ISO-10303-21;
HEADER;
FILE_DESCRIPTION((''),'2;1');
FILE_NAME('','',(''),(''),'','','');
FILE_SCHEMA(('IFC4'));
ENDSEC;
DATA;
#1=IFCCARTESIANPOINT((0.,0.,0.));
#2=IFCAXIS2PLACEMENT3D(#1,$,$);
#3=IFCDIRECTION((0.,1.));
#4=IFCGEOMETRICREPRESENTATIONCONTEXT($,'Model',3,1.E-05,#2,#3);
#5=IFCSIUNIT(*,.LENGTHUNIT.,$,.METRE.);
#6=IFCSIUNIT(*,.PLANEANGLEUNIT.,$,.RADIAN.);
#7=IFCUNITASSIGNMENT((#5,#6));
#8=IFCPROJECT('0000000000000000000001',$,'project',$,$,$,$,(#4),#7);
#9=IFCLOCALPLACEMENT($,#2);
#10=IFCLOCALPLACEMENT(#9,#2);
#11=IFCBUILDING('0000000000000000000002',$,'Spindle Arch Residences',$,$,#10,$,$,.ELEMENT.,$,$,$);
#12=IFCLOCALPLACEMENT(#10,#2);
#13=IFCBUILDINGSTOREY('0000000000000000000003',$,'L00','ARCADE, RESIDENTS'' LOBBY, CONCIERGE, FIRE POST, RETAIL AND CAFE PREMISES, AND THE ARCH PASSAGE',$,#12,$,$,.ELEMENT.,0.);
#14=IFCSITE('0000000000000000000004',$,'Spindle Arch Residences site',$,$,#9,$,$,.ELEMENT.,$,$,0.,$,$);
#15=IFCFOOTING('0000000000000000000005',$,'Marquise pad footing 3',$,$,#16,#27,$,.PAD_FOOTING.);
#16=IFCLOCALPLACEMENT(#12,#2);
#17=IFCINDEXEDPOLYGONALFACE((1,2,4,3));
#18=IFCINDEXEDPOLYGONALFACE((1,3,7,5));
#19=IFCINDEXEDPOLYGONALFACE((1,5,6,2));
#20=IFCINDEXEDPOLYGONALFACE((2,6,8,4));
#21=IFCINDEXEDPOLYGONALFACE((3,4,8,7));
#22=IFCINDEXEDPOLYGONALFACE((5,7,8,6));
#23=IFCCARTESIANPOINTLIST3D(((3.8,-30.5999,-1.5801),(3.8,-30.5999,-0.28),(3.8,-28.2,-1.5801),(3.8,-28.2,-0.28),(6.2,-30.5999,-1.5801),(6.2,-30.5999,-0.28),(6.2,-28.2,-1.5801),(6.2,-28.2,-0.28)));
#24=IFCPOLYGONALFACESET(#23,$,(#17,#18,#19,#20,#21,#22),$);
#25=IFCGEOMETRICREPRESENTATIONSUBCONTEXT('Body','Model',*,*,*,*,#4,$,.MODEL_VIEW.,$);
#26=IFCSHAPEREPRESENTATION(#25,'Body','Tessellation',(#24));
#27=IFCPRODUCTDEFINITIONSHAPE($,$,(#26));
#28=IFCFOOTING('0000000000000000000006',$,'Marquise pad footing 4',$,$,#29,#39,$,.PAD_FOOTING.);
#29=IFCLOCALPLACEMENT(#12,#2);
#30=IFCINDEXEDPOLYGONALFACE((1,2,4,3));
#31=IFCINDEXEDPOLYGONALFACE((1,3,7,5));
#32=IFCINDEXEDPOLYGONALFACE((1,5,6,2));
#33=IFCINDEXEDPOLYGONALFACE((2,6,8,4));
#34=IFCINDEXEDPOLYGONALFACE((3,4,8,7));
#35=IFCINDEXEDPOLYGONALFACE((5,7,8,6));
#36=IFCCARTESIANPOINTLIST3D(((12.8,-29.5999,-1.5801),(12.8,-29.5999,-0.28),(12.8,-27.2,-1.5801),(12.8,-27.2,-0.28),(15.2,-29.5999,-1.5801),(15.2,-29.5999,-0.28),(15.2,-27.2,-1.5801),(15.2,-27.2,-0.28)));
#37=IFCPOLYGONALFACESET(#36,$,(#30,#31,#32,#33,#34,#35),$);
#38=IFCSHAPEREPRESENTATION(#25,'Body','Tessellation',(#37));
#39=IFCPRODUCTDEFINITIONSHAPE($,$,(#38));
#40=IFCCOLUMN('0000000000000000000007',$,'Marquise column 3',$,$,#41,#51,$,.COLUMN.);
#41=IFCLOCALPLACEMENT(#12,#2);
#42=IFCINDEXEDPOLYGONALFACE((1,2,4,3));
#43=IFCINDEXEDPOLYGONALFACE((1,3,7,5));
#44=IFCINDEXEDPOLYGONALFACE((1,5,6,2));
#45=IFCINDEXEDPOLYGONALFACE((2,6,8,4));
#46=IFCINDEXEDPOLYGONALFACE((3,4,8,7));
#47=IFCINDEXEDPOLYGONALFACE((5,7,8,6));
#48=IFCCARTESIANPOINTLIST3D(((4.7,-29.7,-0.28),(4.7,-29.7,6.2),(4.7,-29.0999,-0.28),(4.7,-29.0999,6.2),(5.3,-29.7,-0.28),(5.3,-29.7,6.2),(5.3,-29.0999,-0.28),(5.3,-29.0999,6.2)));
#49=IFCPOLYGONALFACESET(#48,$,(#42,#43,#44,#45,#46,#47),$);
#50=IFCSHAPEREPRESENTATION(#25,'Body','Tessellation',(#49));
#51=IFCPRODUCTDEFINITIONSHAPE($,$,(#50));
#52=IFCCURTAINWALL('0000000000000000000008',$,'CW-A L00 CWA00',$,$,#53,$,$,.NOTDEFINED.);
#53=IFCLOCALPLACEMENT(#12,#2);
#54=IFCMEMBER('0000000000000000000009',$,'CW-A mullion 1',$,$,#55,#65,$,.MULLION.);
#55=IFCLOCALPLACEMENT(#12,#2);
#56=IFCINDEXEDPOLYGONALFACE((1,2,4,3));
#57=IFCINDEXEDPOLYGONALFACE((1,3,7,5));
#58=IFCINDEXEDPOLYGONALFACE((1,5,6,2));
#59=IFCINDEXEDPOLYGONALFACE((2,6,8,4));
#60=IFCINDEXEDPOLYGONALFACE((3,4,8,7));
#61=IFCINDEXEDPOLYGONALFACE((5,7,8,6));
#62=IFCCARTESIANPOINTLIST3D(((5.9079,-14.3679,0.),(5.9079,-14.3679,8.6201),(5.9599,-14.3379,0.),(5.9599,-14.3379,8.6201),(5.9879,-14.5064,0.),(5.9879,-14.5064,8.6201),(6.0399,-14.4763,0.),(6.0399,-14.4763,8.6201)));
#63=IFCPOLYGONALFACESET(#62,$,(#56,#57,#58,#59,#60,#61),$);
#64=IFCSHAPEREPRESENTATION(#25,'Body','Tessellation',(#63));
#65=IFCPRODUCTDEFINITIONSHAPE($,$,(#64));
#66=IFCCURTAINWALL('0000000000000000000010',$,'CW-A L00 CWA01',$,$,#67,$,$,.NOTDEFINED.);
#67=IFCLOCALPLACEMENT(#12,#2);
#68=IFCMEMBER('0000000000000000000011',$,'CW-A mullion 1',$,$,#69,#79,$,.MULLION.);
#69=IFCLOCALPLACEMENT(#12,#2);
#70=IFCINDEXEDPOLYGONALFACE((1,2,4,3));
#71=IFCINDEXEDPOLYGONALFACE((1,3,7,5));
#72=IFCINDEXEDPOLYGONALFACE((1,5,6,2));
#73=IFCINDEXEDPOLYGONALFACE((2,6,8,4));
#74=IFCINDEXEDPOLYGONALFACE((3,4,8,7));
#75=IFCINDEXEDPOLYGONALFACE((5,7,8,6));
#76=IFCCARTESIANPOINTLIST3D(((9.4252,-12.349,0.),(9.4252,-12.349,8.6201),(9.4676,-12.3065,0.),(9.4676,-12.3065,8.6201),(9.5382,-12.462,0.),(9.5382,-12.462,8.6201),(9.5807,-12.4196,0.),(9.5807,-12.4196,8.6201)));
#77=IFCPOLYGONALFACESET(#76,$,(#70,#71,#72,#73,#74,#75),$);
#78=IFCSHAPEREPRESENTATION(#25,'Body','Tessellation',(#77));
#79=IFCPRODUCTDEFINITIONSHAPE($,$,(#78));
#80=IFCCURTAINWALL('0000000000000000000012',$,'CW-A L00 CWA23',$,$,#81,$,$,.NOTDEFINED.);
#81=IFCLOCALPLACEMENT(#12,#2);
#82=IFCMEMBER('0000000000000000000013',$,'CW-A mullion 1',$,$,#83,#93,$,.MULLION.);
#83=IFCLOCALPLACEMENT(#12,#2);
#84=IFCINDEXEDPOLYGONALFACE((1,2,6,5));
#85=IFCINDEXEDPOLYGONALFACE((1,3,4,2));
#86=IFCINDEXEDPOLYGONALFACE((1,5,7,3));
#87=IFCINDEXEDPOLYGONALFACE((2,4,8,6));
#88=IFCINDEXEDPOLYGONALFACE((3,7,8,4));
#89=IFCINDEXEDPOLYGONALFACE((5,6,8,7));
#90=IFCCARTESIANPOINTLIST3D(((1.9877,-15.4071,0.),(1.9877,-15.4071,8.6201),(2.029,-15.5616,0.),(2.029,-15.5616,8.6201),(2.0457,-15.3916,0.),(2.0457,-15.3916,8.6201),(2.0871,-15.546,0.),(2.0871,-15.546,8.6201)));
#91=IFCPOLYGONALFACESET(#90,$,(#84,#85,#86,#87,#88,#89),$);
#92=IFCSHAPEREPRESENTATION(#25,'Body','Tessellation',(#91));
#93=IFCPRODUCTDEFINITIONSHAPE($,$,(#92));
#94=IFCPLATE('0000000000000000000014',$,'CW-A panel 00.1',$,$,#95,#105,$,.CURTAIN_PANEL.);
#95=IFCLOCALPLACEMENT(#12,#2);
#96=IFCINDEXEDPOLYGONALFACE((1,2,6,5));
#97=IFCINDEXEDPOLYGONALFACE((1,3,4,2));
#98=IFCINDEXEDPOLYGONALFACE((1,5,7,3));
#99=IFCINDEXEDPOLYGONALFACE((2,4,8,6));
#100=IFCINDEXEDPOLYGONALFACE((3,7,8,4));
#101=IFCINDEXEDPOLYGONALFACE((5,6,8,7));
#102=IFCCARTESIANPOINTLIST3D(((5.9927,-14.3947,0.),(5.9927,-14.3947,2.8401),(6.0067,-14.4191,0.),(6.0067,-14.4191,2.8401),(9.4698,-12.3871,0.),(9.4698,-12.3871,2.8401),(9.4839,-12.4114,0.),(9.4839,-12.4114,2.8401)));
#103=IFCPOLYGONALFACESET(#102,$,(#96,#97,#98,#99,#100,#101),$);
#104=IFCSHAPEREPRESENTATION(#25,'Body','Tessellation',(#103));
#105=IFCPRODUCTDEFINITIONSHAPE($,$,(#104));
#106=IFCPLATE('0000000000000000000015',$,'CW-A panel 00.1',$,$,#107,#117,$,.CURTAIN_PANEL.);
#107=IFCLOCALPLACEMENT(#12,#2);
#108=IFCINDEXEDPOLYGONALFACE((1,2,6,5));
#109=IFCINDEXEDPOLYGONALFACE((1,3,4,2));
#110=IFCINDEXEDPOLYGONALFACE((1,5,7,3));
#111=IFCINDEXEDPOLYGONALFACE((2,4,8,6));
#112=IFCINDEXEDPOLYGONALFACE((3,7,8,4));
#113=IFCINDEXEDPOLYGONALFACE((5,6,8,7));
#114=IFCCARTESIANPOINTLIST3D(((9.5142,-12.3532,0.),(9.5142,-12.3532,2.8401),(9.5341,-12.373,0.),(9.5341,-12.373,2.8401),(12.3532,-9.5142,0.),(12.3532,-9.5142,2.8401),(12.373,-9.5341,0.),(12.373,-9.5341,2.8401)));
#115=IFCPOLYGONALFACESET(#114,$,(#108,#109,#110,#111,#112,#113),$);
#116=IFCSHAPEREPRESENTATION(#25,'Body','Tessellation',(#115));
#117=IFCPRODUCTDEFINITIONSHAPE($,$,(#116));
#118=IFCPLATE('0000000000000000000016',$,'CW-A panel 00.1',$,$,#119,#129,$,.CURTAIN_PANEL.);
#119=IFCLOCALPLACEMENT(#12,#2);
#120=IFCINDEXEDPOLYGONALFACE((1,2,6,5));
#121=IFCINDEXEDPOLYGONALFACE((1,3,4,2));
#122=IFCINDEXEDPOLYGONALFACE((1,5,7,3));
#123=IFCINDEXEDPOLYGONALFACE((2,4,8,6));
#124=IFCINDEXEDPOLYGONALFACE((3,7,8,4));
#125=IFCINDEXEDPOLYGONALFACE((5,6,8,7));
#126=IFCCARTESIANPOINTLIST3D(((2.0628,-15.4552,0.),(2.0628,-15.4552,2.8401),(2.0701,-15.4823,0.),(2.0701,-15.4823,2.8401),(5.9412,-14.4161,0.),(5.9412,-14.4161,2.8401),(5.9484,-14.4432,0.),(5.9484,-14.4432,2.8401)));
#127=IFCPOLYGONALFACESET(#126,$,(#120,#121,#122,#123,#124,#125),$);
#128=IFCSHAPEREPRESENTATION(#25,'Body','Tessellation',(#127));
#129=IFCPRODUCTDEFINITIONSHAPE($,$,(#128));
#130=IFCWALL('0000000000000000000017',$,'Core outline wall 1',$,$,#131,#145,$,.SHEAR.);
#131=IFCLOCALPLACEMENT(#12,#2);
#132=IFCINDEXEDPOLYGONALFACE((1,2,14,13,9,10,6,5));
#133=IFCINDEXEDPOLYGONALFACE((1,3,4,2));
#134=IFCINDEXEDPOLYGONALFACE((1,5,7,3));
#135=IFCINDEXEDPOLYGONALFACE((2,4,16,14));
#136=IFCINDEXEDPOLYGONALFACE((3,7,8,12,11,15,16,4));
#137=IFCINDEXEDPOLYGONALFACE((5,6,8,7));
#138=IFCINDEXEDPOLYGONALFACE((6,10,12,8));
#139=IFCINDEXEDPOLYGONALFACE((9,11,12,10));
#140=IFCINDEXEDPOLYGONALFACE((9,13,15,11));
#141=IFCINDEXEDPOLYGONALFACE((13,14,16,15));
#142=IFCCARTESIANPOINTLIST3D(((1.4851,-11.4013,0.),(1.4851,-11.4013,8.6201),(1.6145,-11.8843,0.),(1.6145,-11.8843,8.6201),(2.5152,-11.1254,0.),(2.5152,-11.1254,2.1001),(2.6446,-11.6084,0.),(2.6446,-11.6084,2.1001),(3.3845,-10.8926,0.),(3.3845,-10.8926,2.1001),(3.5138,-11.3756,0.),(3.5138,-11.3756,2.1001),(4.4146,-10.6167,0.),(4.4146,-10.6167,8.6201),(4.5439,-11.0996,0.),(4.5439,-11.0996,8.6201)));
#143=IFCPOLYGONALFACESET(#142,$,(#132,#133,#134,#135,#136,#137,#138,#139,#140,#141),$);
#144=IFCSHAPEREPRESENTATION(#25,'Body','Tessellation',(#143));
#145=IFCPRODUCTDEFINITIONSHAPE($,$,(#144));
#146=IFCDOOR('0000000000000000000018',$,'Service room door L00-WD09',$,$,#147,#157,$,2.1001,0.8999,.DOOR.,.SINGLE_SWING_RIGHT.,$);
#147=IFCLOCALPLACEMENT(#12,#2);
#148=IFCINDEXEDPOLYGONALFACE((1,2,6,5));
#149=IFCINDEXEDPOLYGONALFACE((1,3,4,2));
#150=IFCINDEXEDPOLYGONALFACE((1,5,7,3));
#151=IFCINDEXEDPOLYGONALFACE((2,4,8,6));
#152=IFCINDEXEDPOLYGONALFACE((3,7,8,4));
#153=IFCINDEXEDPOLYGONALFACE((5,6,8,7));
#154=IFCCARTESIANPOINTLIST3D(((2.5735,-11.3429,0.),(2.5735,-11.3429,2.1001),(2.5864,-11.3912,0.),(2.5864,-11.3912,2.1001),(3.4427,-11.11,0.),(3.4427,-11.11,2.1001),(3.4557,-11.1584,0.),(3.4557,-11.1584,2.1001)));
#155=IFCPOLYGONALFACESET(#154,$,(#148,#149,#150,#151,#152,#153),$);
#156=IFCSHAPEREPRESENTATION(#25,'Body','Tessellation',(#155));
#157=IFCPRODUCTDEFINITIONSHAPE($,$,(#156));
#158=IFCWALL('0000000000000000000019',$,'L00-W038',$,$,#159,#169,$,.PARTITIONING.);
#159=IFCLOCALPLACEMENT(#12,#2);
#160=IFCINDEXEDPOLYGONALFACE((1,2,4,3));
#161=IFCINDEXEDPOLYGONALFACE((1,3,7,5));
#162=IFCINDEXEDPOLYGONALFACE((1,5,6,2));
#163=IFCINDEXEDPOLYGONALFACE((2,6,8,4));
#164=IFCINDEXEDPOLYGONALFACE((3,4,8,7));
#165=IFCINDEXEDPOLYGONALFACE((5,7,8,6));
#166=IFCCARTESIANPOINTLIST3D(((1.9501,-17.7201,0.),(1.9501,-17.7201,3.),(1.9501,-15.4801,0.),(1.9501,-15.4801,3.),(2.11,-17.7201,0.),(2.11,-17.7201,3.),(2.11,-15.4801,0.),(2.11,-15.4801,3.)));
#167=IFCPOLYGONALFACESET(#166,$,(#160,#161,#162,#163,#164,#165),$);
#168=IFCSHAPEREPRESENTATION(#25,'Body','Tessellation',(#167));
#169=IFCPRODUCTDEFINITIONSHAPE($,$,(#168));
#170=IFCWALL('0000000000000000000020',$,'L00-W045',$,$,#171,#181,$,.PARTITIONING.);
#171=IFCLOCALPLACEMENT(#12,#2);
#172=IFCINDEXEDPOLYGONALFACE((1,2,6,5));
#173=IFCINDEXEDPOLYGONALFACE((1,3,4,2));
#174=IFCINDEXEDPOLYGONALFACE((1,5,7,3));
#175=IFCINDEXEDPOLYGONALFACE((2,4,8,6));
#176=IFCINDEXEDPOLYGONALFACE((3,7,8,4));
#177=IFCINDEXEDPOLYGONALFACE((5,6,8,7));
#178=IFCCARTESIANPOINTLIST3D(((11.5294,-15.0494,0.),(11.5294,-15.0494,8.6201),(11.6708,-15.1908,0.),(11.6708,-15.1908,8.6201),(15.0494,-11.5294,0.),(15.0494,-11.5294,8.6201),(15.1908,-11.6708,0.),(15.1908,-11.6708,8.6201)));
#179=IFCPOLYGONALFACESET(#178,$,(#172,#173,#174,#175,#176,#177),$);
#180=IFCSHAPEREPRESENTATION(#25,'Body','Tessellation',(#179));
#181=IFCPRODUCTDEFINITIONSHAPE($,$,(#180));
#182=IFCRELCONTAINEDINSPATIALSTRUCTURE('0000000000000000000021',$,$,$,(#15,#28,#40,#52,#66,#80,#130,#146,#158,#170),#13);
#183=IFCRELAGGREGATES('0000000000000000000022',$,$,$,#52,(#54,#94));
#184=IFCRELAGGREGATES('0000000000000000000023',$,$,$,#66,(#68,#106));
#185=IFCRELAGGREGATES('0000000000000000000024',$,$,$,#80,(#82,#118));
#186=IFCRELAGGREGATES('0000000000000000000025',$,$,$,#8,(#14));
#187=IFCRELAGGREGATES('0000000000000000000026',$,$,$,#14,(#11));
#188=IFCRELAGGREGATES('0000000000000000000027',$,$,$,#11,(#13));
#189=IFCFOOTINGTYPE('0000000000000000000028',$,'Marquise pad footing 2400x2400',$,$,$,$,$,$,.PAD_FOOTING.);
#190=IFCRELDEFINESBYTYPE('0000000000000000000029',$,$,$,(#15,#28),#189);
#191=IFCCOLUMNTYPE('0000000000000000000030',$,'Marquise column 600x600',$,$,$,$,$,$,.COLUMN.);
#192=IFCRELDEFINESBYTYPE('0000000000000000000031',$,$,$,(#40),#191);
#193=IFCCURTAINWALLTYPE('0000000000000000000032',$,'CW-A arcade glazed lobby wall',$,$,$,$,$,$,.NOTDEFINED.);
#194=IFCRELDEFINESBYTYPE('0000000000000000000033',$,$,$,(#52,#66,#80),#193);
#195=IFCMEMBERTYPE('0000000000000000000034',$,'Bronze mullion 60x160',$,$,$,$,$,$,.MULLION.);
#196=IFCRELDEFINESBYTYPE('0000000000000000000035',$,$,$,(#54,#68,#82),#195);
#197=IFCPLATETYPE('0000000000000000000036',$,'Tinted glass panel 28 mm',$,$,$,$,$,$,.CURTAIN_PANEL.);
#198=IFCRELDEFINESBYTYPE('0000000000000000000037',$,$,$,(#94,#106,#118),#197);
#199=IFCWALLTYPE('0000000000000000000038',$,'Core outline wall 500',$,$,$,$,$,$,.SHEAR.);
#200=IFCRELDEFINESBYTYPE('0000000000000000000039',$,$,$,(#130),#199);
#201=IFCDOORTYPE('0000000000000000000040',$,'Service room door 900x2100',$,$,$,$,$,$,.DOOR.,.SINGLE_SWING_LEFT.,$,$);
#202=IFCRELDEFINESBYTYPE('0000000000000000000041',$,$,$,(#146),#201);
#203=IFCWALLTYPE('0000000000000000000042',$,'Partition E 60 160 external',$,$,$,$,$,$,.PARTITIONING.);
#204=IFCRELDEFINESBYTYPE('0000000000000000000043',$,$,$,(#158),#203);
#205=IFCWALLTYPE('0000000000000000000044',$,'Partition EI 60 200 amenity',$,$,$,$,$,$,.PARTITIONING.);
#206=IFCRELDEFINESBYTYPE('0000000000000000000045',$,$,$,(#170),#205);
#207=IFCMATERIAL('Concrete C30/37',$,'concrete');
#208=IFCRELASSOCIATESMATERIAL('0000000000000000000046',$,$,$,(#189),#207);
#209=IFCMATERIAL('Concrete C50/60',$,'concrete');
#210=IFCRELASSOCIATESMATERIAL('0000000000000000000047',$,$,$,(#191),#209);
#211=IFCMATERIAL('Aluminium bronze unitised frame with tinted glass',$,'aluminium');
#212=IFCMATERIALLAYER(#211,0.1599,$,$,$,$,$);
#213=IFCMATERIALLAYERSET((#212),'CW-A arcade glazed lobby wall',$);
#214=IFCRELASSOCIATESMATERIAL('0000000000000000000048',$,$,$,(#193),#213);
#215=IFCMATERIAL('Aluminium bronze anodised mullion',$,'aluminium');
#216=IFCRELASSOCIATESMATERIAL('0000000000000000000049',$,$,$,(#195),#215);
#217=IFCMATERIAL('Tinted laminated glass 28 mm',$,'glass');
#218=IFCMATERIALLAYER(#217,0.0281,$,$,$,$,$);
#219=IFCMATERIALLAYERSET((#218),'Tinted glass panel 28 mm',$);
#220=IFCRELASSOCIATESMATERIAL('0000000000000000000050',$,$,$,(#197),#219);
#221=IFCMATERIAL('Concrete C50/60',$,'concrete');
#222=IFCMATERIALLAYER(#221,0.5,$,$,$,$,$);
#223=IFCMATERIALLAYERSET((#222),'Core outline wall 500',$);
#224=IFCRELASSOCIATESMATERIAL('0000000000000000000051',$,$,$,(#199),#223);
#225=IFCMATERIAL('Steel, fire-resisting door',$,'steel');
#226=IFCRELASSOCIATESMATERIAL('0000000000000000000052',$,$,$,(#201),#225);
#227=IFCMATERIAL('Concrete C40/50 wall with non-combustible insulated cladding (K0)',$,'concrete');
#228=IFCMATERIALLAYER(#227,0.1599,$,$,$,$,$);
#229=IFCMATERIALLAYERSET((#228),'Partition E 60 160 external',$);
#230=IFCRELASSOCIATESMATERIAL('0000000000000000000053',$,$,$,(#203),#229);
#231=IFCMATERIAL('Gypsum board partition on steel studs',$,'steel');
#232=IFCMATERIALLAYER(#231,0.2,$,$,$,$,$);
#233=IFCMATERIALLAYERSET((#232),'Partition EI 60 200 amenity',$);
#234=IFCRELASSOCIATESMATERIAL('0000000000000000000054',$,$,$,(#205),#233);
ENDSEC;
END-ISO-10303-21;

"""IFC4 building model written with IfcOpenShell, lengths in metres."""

from ifc_helpers import new_model, si_unit, direction, frame, frame_2d, origin, origin_2d, place, context, subcontext, project, spatial, rectangle, extrude, material, layer, layer_set, material_profile, profile_set, type_object, element, fill, aggregate, save


model = new_model("IFC4")

# Units and contexts
model_context = context("Model", 3, precision=1e-05, world=origin(), true_north=direction((0.0, 1.0)))
body_context = subcontext(model_context, "Body", "Model", "MODEL_VIEW")
ifc_project = project(units=[si_unit("LENGTHUNIT", "METRE"), si_unit("PLANEANGLEUNIT", "RADIAN")], contexts=[model_context])

# Site, building, storey
site_placement = place(None, origin())
site = spatial("IfcSite", under=ifc_project, at=site_placement, Name="Spindle Arch Residences site", CompositionType="ELEMENT", RefElevation=0.0)
building_placement = place(site_placement, origin())
building = spatial("IfcBuilding", under=site, at=building_placement, Name="Spindle Arch Residences", CompositionType="ELEMENT")
storey_placement = place(building_placement, origin())
storey = spatial("IfcBuildingStorey", under=building, at=storey_placement, Name="L00", Description="ARCADE, RESIDENTS' LOBBY, CONCIERGE, FIRE POST, RETAIL AND CAFE PREMISES, AND THE ARCH PASSAGE", CompositionType="ELEMENT", Elevation=0.0)

# Footings
ifc_material_1 = material(Name="Concrete C30/37", Category="concrete")
footing_type = type_object("IfcFootingType", Name="Marquise pad footing 2400x2400", PredefinedType="PAD_FOOTING", material=ifc_material_1)
for number, where, z_axis, x_axis, name in (
    (1, (5.0, -29.3999, -1.5801), (0.0, 0.0, 1.0), (1.0, 0.0, 0.0), "Marquise pad footing 3"),
    (2, (14.0, -28.3999, -1.5801), (0.0, 0.0, 1.0), (1.0, 0.0, 0.0), "Marquise pad footing 4"),
):
    element("IfcFooting", number, at=place(storey_placement, frame(where, z_axis=z_axis, x_axis=x_axis)), inside=storey, type_object=footing_type, Name=name, PredefinedType="PAD_FOOTING", context=body_context, shape_type="SweptSolid", body=[
        extrude(rectangle(XDim=2.3999, YDim=2.3999, at=origin_2d()), origin(), (0.0, 0.0, 1.0), 1.3),
    ])

# Column
ifc_material_2 = material(Name="Concrete C50/60", Category="concrete")
ifc_material_profile_1 = material_profile(ifc_material_2, rectangle(XDim=0.6001, YDim=0.6001, at=origin_2d()), Name="RC 600x600")
ifc_profile_set_1 = profile_set([ifc_material_profile_1], Name="Concrete C50/60")
column_type = type_object("IfcColumnType", Name="Marquise column 600x600", PredefinedType="COLUMN", material=ifc_profile_set_1)
column_placement = place(storey_placement, frame((5.0, -29.3999, -0.28), z_axis=(0.0, 0.0, 1.0), x_axis=(1.0, 0.0, 0.0)))
element("IfcColumn", 3, at=column_placement, inside=storey, type_object=column_type, Name="Marquise column 3", PredefinedType="COLUMN", context=body_context, shape_type="SweptSolid", body=[
    extrude(rectangle(XDim=0.6001, YDim=0.6001, at=origin_2d()), origin(), (0.0, 0.0, 1.0), 6.48),
])

# Curtain walls, members
ifc_material_3 = material(Name="Aluminium bronze unitised frame with tinted glass", Category="aluminium")
ifc_layer_1 = layer(ifc_material_3, 0.1599)
ifc_layer_set_1 = layer_set([ifc_layer_1], Name="CW-A arcade glazed lobby wall")
curtain_wall_type = type_object("IfcCurtainWallType", Name="CW-A arcade glazed lobby wall", PredefinedType="NOTDEFINED", material=ifc_layer_set_1)
curtain_wall_1_placement = place(storey_placement, origin())
curtain_wall_1 = element("IfcCurtainWall", 4, at=curtain_wall_1_placement, inside=storey, type_object=curtain_wall_type, Name="CW-A L00 CWA00", PredefinedType="NOTDEFINED")
ifc_material_4 = material(Name="Aluminium bronze anodised mullion", Category="aluminium")
ifc_material_profile_2 = material_profile(ifc_material_4, rectangle(XDim=0.1599, YDim=0.0601, at=origin_2d()), Name="MU 60x160")
ifc_profile_set_2 = profile_set([ifc_material_profile_2], Name="Aluminium bronze anodised mullion")
member_type = type_object("IfcMemberType", Name="Bronze mullion 60x160", PredefinedType="MULLION", material=ifc_profile_set_2)
member_1_placement = place(storey_placement, frame((5.9739, -14.4221, 0.0), z_axis=(0.0, 0.0, 1.0), x_axis=(-0.500023, 0.866012, 0.0)))
member_1 = element("IfcMember", 5, at=member_1_placement, type_object=member_type, Name="CW-A mullion 1", PredefinedType="MULLION", context=body_context, shape_type="SweptSolid", body=[
    extrude(rectangle(XDim=0.1599, YDim=0.0601, at=origin_2d()), origin(), (0.0, 0.0, 1.0), 8.6201),
])
curtain_wall_2_placement = place(storey_placement, origin())
curtain_wall_2 = element("IfcCurtainWall", 6, at=curtain_wall_2_placement, inside=storey, type_object=curtain_wall_type, Name="CW-A L00 CWA01", PredefinedType="NOTDEFINED")
member_2_placement = place(storey_placement, frame((9.5029, -12.3843, 0.0), z_axis=(0.0, 0.0, 1.0), x_axis=(-0.707107, 0.707107, 0.0)))
member_2 = element("IfcMember", 7, at=member_2_placement, type_object=member_type, Name="CW-A mullion 1", PredefinedType="MULLION", context=body_context, shape_type="SweptSolid", body=[
    extrude(rectangle(XDim=0.1599, YDim=0.0601, at=origin_2d()), origin(), (0.0, 0.0, 1.0), 8.6201),
])
curtain_wall_3_placement = place(storey_placement, origin())
curtain_wall_3 = element("IfcCurtainWall", 8, at=curtain_wall_3_placement, inside=storey, type_object=curtain_wall_type, Name="CW-A L00 CWA23", PredefinedType="NOTDEFINED")
member_3_placement = place(storey_placement, frame((2.0374, -15.4766, 0.0), z_axis=(0.0, 0.0, 1.0), x_axis=(-0.258786, 0.965935, 0.0)))
member_3 = element("IfcMember", 9, at=member_3_placement, type_object=member_type, Name="CW-A mullion 1", PredefinedType="MULLION", context=body_context, shape_type="SweptSolid", body=[
    extrude(rectangle(XDim=0.1599, YDim=0.0601, at=origin_2d()), origin(), (0.0, 0.0, 1.0), 8.6201),
])

# Plates
ifc_material_5 = material(Name="Tinted laminated glass 28 mm", Category="glass")
ifc_layer_2 = layer(ifc_material_5, 0.0281)
ifc_layer_set_2 = layer_set([ifc_layer_2], Name="Tinted glass panel 28 mm")
plate_type = type_object("IfcPlateType", Name="Tinted glass panel 28 mm", PredefinedType="CURTAIN_PANEL", material=ifc_layer_set_2)
plate_1_placement = place(storey_placement, frame((7.7383, -13.4031, 0.0), z_axis=(0.0, 0.0, 1.0), x_axis=(0.866012, 0.500023, 0.0)))
plate_1 = element("IfcPlate", 10, at=plate_1_placement, type_object=plate_type, Name="CW-A panel 00.1", PredefinedType="CURTAIN_PANEL", context=body_context, shape_type="SweptSolid", body=[
    extrude(rectangle(XDim=4.0151, YDim=0.0281, at=origin_2d()), origin(), (0.0, 0.0, 1.0), 2.8401),
])
aggregate(curtain_wall_1, [member_1, plate_1])
plate_2_placement = place(storey_placement, frame((10.9436, -10.9436, 0.0), z_axis=(0.0, 0.0, 1.0), x_axis=(0.707107, 0.707107, 0.0)))
plate_2 = element("IfcPlate", 11, at=plate_2_placement, type_object=plate_type, Name="CW-A panel 00.1", PredefinedType="CURTAIN_PANEL", context=body_context, shape_type="SweptSolid", body=[
    extrude(rectangle(XDim=4.0149, YDim=0.0281, at=origin_2d()), origin(), (0.0, 0.0, 1.0), 2.8401),
])
aggregate(curtain_wall_2, [member_2, plate_2])
plate_3_placement = place(storey_placement, frame((4.0056, -14.9492, 0.0), z_axis=(0.0, 0.0, 1.0), x_axis=(0.965935, 0.258786, 0.0)))
plate_3 = element("IfcPlate", 12, at=plate_3_placement, type_object=plate_type, Name="CW-A panel 00.1", PredefinedType="CURTAIN_PANEL", context=body_context, shape_type="SweptSolid", body=[
    extrude(rectangle(XDim=4.0151, YDim=0.0281, at=origin_2d()), origin(), (0.0, 0.0, 1.0), 2.8401),
])
aggregate(curtain_wall_3, [member_3, plate_3])

# Wall, opening, door
ifc_material_6 = material(Name="Concrete C50/60", Category="concrete")
ifc_layer_3 = layer(ifc_material_6, 0.5)
ifc_layer_set_3 = layer_set([ifc_layer_3], Name="Core outline wall 500")
wall_type_1 = type_object("IfcWallType", Name="Core outline wall 500", PredefinedType="SHEAR", material=ifc_layer_set_3)
wall_1_placement = place(storey_placement, frame((1.5498, -11.6428, 0.0), z_axis=(0.0, 0.0, 1.0), x_axis=(0.965948, 0.258735, 0.0)))
wall_1 = element("IfcWall", 13, at=wall_1_placement, inside=storey, type_object=wall_type_1, Name="Core outline wall 1", PredefinedType="SHEAR", context=body_context, shape_type="SweptSolid", body=[
    extrude(rectangle(XDim=3.0327, YDim=0.5, at=frame_2d((1.5164, 0.0))), origin(), (0.0, 0.0, 1.0), 8.6201),
])
opening_1_placement = place(wall_1_placement, frame((1.0664, 0.0, 0.0)))
opening_1 = element("IfcOpeningElement", 14, at=opening_1_placement, cuts=wall_1, PredefinedType="OPENING", context=body_context, shape_type="SweptSolid", body=[
    extrude(rectangle(XDim=0.8999, YDim=2.1001, at=frame_2d((0.45, 1.05))), frame((0.0, 0.26, 0.0), z_axis=(0.0, -1.0, 0.0), x_axis=(1.0, 0.0, 0.0)), (0.0, 0.0, 1.0), 0.52),
])
ifc_material_7 = material(Name="Steel, fire-resisting door", Category="steel")
door_type_1 = type_object("IfcDoorType", Name="Service room door 900x2100", OperationType="SINGLE_SWING_LEFT", PredefinedType="DOOR", material=ifc_material_7)
door_1_placement = place(opening_1_placement, origin())
door_1 = element("IfcDoor", 15, at=door_1_placement, inside=storey, type_object=door_type_1, Name="Service room door L00-WD09", OperationType="SINGLE_SWING_RIGHT", OverallHeight=2.1001, OverallWidth=0.8999, PredefinedType="DOOR", context=body_context, shape_type="SweptSolid", body=[
    extrude(rectangle(XDim=0.8999, YDim=2.1001, at=frame_2d((0.45, 1.05))), frame((0.0, 0.0249, 0.0), z_axis=(0.0, -1.0, 0.0), x_axis=(1.0, 0.0, 0.0)), (0.0, 0.0, 1.0), 0.05),
])
fill(opening_1, door_1)
ifc_material_8 = material(Name="Concrete C40/50 wall with non-combustible insulated cladding (K0)", Category="concrete")
ifc_layer_4 = layer(ifc_material_8, 0.1599)
ifc_layer_set_4 = layer_set([ifc_layer_4], Name="Partition E 60 160 external")
wall_type_2 = type_object("IfcWallType", Name="Partition E 60 160 external", PredefinedType="PARTITIONING", material=ifc_layer_set_4)

# Walls
wall_2_placement = place(storey_placement, frame((2.03, -15.48, 0.0), z_axis=(0.0, 0.0, 1.0), x_axis=(0.0, -1.0, 0.0)))
element("IfcWall", 16, at=wall_2_placement, inside=storey, type_object=wall_type_2, Name="L00-W038", PredefinedType="PARTITIONING", context=body_context, shape_type="SweptSolid", body=[
    extrude(rectangle(XDim=2.24, YDim=0.1599, at=frame_2d((1.1201, 0.0))), origin(), (0.0, 0.0, 1.0), 3.0),
])
ifc_material_9 = material(Name="Gypsum board partition on steel studs", Category="steel")
ifc_layer_5 = layer(ifc_material_9, 0.2)
ifc_layer_set_5 = layer_set([ifc_layer_5], Name="Partition EI 60 200 amenity")
wall_type_3 = type_object("IfcWallType", Name="Partition EI 60 200 amenity", PredefinedType="PARTITIONING", material=ifc_layer_set_5)
wall_3_placement = place(storey_placement, frame((11.6001, -15.1201, 0.0), z_axis=(0.0, 0.0, 1.0), x_axis=(0.707107, 0.707107, 0.0)))
element("IfcWall", 17, at=wall_3_placement, inside=storey, type_object=wall_type_3, Name="L00-W045", PredefinedType="PARTITIONING", context=body_context, shape_type="SweptSolid", body=[
    extrude(rectangle(XDim=4.978, YDim=0.2, at=frame_2d((2.489, 0.0))), origin(), (0.0, 0.0, 1.0), 8.6201),
])

save(model, "model.ifc")
